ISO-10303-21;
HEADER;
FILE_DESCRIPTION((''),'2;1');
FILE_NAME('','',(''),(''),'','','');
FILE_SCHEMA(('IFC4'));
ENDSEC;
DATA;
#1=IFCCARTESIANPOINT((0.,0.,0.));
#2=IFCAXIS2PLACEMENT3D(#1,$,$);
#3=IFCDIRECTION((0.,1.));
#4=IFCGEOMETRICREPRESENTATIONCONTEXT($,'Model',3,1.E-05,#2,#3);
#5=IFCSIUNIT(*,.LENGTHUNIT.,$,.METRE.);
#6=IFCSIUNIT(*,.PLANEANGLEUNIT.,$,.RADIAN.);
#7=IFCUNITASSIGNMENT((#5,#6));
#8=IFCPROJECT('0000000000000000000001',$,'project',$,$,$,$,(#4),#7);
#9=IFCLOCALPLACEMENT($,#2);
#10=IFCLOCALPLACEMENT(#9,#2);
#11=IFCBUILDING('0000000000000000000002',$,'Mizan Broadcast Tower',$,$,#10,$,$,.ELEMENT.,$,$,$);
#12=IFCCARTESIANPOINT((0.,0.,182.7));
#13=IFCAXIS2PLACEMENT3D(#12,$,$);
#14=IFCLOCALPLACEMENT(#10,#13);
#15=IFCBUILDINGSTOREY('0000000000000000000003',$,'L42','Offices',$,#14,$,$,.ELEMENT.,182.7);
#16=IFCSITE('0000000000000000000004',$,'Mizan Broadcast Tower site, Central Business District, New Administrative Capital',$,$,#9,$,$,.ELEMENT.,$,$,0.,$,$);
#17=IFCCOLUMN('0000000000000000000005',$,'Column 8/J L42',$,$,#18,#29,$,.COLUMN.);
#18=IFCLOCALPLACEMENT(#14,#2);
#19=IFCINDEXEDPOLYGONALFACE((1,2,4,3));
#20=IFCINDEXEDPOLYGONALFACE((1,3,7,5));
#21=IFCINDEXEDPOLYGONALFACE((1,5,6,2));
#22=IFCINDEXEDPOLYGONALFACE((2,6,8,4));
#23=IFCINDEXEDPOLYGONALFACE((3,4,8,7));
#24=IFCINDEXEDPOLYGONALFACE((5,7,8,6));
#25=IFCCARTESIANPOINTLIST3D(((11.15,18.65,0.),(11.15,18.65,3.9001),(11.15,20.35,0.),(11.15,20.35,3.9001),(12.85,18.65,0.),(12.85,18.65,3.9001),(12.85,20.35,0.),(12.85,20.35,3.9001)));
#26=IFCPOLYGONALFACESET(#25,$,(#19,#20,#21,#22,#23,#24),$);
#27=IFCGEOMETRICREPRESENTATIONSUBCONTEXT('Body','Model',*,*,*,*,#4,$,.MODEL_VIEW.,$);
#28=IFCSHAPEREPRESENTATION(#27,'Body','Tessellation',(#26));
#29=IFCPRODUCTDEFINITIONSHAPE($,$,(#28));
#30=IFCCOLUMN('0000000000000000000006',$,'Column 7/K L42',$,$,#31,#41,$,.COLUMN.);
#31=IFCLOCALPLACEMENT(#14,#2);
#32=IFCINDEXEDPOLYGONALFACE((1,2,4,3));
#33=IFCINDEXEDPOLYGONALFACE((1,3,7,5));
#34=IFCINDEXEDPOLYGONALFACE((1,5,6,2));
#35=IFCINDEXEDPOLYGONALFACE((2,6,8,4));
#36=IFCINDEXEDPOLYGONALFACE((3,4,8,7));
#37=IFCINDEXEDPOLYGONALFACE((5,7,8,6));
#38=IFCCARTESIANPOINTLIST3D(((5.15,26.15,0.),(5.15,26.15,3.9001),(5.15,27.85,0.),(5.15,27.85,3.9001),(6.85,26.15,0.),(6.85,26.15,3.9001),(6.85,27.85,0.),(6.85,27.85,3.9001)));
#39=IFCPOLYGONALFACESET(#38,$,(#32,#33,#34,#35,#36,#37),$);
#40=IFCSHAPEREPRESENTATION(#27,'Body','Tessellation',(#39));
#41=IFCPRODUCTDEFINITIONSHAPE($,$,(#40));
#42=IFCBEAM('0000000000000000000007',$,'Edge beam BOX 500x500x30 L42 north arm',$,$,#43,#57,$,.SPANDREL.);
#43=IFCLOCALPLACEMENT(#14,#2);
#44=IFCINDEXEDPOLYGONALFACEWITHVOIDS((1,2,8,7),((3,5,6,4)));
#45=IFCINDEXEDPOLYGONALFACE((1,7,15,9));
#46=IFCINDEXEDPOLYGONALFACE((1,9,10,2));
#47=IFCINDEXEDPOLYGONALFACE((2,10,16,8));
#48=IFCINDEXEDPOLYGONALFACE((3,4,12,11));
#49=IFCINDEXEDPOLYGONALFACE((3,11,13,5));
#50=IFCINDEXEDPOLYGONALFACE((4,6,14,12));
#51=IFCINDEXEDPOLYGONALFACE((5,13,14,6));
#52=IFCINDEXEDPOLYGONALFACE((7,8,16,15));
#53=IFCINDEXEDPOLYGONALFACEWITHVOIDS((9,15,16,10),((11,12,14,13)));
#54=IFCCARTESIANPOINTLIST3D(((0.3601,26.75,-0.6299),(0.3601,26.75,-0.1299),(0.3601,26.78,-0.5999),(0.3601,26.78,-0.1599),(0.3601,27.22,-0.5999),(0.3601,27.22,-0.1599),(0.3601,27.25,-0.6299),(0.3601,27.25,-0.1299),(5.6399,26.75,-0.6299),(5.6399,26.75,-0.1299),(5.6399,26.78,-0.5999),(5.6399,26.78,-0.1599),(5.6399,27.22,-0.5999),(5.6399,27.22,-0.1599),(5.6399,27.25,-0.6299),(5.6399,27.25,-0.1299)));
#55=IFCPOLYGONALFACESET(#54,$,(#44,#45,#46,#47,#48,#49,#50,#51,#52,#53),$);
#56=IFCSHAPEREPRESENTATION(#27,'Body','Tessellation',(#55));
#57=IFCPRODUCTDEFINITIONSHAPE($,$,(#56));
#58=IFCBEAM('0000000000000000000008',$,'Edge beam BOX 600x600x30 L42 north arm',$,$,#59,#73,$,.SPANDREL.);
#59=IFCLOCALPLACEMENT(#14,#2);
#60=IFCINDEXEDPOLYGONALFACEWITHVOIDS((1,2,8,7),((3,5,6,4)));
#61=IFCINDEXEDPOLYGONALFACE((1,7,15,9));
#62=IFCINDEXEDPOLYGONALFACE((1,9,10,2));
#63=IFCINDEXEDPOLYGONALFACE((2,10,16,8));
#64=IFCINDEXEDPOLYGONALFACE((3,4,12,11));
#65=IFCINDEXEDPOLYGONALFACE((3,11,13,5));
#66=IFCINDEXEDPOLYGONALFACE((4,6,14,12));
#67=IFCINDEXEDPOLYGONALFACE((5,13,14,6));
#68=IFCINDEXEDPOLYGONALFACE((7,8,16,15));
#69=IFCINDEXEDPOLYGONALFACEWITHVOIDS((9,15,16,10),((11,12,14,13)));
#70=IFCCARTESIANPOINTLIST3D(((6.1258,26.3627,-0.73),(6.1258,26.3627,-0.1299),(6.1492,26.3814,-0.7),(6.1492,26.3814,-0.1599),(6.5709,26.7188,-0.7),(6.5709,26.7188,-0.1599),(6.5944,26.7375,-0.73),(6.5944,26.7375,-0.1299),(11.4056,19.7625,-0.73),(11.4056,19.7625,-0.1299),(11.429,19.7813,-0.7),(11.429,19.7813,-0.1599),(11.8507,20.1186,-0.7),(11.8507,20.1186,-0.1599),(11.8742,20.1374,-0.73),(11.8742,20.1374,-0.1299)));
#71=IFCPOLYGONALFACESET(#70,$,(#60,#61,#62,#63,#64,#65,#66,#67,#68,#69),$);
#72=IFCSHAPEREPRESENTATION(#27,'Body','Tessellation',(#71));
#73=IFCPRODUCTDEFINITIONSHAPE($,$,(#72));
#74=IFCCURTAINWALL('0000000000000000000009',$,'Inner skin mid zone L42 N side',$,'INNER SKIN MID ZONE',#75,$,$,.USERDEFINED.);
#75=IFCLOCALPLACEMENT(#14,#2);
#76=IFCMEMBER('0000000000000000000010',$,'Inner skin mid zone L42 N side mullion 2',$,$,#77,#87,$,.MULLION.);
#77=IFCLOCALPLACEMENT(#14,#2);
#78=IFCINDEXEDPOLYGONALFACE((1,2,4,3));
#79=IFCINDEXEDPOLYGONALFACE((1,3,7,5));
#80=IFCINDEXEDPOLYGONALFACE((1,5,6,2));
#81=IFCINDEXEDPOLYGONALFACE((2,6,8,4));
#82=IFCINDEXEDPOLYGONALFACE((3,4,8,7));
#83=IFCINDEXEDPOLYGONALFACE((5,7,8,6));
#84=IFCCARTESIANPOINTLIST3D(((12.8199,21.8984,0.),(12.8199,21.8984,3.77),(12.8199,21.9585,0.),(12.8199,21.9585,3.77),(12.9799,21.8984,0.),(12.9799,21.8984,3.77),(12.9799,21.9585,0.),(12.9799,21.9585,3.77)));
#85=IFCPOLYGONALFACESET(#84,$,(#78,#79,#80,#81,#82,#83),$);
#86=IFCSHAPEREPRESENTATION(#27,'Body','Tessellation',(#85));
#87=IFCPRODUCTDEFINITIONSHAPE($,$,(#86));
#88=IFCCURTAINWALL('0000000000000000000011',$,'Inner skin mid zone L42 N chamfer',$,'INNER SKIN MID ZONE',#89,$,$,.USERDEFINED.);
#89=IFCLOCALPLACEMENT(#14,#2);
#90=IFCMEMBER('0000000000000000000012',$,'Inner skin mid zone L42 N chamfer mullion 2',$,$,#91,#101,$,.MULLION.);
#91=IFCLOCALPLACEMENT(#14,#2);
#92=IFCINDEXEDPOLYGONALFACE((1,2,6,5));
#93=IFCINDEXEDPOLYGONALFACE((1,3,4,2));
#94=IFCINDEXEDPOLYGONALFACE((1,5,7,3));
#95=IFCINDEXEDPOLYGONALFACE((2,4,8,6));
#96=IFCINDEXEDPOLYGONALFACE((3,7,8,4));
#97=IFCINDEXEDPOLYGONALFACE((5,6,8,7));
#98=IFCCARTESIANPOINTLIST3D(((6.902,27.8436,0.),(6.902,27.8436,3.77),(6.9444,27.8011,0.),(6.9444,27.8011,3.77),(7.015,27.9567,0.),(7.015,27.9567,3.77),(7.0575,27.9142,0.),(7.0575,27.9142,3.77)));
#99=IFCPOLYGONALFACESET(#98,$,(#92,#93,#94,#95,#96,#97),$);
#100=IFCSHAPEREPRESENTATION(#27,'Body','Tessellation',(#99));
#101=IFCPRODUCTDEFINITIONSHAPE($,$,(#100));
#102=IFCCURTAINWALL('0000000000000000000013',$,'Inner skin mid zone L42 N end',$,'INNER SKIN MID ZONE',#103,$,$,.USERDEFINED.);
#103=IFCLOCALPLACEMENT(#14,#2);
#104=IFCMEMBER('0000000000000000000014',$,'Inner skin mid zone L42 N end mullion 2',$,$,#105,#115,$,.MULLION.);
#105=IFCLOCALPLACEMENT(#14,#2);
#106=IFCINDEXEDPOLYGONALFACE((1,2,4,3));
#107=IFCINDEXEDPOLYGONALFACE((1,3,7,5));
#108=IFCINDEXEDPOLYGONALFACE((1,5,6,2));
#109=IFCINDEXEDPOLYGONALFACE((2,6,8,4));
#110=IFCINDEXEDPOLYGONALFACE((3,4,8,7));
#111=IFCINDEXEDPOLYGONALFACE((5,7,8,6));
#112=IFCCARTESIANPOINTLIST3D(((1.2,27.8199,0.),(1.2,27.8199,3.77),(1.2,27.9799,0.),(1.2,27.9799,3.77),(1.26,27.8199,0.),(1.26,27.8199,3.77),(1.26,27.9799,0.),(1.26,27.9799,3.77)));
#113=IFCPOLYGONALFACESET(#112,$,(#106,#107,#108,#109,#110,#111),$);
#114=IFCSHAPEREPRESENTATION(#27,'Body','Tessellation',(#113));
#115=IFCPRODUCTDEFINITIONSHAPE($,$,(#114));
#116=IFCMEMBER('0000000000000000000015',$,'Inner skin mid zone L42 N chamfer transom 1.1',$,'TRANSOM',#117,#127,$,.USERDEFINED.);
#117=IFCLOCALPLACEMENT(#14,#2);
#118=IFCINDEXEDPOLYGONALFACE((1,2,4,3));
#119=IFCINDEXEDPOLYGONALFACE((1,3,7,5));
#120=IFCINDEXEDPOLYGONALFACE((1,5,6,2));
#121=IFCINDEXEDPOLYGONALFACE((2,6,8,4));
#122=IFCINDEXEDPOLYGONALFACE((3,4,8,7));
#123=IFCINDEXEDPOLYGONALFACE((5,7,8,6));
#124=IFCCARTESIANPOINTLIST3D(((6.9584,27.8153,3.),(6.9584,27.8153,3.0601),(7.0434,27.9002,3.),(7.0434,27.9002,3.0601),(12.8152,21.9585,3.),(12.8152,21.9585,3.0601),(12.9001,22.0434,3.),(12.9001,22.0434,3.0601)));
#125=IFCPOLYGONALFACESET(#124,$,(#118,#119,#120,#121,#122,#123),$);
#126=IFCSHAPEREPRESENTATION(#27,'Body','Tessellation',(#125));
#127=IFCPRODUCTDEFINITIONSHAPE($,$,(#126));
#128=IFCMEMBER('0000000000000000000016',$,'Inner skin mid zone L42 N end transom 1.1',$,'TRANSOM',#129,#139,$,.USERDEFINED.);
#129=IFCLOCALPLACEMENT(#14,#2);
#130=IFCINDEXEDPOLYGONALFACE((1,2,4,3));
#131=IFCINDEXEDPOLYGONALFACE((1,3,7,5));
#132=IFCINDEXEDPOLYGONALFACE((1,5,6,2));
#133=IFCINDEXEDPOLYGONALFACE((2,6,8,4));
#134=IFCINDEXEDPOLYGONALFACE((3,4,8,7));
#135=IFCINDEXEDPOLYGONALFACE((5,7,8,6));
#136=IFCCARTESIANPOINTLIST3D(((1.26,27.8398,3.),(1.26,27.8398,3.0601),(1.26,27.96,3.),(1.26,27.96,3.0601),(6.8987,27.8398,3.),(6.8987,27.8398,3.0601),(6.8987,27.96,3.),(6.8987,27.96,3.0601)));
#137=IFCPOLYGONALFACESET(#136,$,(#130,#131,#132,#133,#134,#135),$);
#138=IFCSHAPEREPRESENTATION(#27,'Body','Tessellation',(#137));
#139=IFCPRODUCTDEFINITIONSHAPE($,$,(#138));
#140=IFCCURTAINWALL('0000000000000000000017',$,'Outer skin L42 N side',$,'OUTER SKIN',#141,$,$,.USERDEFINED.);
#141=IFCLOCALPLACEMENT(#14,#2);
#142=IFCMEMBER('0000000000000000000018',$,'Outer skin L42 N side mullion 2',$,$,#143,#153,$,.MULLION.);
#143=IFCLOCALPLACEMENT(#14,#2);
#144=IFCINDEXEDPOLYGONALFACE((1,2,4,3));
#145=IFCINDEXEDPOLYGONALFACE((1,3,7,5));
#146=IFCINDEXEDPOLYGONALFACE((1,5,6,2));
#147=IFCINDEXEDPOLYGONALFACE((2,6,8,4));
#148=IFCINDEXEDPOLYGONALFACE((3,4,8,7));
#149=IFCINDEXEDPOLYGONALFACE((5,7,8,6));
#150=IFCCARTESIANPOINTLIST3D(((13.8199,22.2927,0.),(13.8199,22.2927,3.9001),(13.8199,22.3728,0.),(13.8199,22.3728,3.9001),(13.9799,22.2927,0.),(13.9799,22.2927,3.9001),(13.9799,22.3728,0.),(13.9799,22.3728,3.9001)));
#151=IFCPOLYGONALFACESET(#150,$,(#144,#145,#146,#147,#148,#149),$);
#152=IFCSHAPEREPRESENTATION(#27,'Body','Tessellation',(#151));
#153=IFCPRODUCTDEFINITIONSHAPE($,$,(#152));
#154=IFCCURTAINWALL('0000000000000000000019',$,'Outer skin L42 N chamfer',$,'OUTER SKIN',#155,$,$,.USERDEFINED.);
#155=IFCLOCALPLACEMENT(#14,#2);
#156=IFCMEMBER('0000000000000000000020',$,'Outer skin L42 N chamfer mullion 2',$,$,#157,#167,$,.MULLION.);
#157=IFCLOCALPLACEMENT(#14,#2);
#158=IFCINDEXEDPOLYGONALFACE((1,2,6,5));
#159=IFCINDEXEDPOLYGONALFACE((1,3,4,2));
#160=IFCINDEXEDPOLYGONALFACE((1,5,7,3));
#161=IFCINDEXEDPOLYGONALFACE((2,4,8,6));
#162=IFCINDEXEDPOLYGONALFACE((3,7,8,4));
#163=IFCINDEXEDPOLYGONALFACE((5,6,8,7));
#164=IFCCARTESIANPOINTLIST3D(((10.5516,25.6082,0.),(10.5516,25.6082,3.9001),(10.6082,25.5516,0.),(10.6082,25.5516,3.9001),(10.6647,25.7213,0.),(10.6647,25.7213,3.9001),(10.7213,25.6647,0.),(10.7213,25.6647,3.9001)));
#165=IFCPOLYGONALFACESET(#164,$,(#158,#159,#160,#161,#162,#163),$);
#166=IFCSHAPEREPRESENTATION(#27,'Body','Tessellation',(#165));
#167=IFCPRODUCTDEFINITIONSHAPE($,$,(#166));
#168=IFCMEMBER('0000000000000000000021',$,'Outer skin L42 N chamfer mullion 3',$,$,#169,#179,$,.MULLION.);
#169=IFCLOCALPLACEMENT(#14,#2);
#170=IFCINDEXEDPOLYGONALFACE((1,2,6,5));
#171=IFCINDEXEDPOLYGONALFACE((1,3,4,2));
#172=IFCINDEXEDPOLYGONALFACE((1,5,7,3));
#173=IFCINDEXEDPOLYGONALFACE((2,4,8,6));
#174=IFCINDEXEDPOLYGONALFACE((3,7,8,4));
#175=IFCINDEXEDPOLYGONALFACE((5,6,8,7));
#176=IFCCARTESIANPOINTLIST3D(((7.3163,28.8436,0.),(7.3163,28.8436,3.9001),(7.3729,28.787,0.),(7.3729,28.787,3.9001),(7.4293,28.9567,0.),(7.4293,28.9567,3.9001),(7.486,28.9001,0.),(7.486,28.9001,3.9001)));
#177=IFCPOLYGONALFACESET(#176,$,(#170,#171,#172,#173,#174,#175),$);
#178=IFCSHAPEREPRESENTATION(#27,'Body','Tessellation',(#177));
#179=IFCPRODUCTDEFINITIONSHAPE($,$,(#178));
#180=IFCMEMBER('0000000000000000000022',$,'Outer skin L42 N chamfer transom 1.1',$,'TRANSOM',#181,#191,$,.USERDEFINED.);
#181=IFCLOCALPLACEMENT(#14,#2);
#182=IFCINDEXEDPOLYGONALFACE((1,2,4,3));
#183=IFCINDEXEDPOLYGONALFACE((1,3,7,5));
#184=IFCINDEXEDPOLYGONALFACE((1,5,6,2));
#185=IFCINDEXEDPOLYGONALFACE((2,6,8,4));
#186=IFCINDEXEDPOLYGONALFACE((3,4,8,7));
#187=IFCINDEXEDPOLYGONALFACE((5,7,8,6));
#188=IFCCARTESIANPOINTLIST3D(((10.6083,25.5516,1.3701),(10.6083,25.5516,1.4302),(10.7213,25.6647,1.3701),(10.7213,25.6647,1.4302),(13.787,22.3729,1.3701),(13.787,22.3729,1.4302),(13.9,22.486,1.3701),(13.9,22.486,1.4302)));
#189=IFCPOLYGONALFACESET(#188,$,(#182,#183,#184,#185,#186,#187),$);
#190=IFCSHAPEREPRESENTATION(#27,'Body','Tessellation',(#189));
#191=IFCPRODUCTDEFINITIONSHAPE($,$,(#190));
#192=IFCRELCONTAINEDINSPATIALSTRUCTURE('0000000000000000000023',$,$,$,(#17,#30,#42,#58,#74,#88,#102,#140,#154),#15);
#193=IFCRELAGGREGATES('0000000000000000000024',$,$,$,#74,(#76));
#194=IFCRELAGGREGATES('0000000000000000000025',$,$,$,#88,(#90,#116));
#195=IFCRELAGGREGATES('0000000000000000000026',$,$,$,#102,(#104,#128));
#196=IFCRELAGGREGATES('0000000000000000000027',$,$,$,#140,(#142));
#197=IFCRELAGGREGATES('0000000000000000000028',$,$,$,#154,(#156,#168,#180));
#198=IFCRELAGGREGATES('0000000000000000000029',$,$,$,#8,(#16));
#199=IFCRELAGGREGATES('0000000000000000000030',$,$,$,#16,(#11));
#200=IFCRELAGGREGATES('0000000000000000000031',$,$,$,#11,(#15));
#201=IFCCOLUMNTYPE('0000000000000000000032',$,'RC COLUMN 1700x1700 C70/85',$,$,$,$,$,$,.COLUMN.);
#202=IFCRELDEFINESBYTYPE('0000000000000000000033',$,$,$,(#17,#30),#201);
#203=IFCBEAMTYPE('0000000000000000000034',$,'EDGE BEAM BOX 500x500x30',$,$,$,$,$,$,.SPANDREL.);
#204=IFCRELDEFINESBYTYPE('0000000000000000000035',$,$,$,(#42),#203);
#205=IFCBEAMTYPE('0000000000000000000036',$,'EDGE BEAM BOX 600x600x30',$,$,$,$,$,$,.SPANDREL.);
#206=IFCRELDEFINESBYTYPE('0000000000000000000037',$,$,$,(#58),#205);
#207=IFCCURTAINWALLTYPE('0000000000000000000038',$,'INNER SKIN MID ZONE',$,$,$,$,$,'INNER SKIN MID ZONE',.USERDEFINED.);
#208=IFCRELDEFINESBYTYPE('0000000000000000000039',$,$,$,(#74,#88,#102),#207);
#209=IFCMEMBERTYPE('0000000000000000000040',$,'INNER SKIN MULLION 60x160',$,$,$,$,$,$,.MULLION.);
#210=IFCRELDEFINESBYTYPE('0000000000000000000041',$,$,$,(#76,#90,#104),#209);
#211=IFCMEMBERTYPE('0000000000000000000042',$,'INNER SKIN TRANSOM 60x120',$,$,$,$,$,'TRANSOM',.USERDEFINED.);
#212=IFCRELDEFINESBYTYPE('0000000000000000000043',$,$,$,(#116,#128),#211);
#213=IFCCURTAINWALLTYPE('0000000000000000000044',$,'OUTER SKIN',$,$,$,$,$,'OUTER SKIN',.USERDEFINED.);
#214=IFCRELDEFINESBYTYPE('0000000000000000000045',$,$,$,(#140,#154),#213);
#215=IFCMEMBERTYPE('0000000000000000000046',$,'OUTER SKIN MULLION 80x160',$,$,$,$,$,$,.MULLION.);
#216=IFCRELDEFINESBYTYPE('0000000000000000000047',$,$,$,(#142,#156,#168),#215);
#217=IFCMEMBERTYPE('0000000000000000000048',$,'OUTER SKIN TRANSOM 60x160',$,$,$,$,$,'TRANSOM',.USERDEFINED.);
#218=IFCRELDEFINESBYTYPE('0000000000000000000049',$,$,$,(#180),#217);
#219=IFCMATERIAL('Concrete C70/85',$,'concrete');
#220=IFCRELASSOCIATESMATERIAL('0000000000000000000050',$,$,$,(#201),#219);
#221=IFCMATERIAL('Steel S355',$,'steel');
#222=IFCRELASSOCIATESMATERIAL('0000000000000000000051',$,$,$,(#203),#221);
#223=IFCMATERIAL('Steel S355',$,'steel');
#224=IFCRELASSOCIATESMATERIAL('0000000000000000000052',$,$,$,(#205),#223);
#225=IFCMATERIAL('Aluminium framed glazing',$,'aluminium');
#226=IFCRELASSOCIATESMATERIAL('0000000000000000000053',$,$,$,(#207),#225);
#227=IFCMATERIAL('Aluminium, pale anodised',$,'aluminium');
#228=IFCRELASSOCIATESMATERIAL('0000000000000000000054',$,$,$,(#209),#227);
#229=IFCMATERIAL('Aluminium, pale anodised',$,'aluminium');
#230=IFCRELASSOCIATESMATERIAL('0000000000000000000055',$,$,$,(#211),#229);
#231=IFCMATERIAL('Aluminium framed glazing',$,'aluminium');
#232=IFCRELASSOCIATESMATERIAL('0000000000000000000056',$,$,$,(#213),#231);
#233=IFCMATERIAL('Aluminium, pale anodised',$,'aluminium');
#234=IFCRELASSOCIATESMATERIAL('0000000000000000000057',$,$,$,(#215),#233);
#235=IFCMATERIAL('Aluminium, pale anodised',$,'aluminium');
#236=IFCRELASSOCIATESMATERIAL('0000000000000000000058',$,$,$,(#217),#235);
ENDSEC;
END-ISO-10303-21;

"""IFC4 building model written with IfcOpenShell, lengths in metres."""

from ifc_helpers import new_model, si_unit, direction, frame, origin, origin_2d, place, context, subcontext, project, spatial, rectangle, hollow_rectangle, extrude, material, material_profile, profile_set, type_object, element, aggregate, save


model = new_model("IFC4")

# Units and contexts
model_context = context("Model", 3, precision=1e-05, world=origin(), true_north=direction((0.0, 1.0)))
body_context = subcontext(model_context, "Body", "Model", "MODEL_VIEW")
ifc_project = project(units=[si_unit("LENGTHUNIT", "METRE"), si_unit("PLANEANGLEUNIT", "RADIAN")], contexts=[model_context])

# Site, building, storey
site_placement = place(None, origin())
site = spatial("IfcSite", under=ifc_project, at=site_placement, Name="Mizan Broadcast Tower site, Central Business District, New Administrative Capital", CompositionType="ELEMENT", RefElevation=0.0)
building_placement = place(site_placement, origin())
building = spatial("IfcBuilding", under=site, at=building_placement, Name="Mizan Broadcast Tower", CompositionType="ELEMENT")
storey_placement = place(building_placement, frame((0.0, 0.0, 182.7)))
storey = spatial("IfcBuildingStorey", under=building, at=storey_placement, Name="L42", Description="Offices", CompositionType="ELEMENT", Elevation=182.7)

# Columns
ifc_material_1 = material(Name="Concrete C70/85", Category="concrete")
ifc_material_profile_1 = material_profile(ifc_material_1, rectangle(XDim=1.7, YDim=1.7, at=origin_2d()), Name="RC 1700x1700")
ifc_profile_set_1 = profile_set([ifc_material_profile_1], Name="Concrete C70/85")
column_type = type_object("IfcColumnType", Name="RC COLUMN 1700x1700 C70/85", PredefinedType="COLUMN", material=ifc_profile_set_1)
for number, where, z_axis, x_axis, name in (
    (1, (12.0, 19.5, 0.0), (0.0, 0.0, 1.0), (1.0, 0.0, 0.0), "Column 8/J L42"),
    (2, (6.0, 27.0, 0.0), (0.0, 0.0, 1.0), (1.0, 0.0, 0.0), "Column 7/K L42"),
):
    element("IfcColumn", number, at=place(storey_placement, frame(where, z_axis=z_axis, x_axis=x_axis)), inside=storey, type_object=column_type, Name=name, PredefinedType="COLUMN", context=body_context, shape_type="SweptSolid", body=[
        extrude(rectangle(XDim=1.7, YDim=1.7, at=origin_2d()), origin(), (0.0, 0.0, 1.0), 3.9001),
    ])

# Beams
ifc_material_2 = material(Name="Steel S355", Category="steel")
ifc_material_profile_2 = material_profile(ifc_material_2, hollow_rectangle(XDim=0.5, YDim=0.5, WallThickness=0.03, at=origin_2d()), Name="BOX 500x500x30")
ifc_profile_set_2 = profile_set([ifc_material_profile_2], Name="Steel S355")
beam_type_1 = type_object("IfcBeamType", Name="EDGE BEAM BOX 500x500x30", PredefinedType="SPANDREL", material=ifc_profile_set_2)
beam_1_placement = place(storey_placement, frame((5.6399, 27.0, -0.3799), z_axis=(-1.0, 0.0, 0.0), x_axis=(0.0, -1.0, 0.0)))
element("IfcBeam", 3, at=beam_1_placement, inside=storey, type_object=beam_type_1, Name="Edge beam BOX 500x500x30 L42 north arm", PredefinedType="SPANDREL", context=body_context, shape_type="SweptSolid", body=[
    extrude(hollow_rectangle(XDim=0.5, YDim=0.5, WallThickness=0.03, at=origin_2d()), origin(), (0.0, 0.0, 1.0), 5.2798),
])
ifc_material_3 = material(Name="Steel S355", Category="steel")
ifc_material_profile_3 = material_profile(ifc_material_3, hollow_rectangle(XDim=0.6001, YDim=0.6001, WallThickness=0.03, at=origin_2d()), Name="BOX 600x600x30")
ifc_profile_set_3 = profile_set([ifc_material_profile_3], Name="Steel S355")
beam_type_2 = type_object("IfcBeamType", Name="EDGE BEAM BOX 600x600x30", PredefinedType="SPANDREL", material=ifc_profile_set_3)
beam_2_placement = place(storey_placement, frame((11.6399, 19.95, -0.4299), z_axis=(-0.624674, 0.780886, 0.0), x_axis=(-0.780886, -0.624674, 0.0)))
element("IfcBeam", 4, at=beam_2_placement, inside=storey, type_object=beam_type_2, Name="Edge beam BOX 600x600x30 L42 north arm", PredefinedType="SPANDREL", context=body_context, shape_type="SweptSolid", body=[
    extrude(hollow_rectangle(XDim=0.6001, YDim=0.6001, WallThickness=0.03, at=origin_2d()), origin(), (0.0, 0.0, 1.0), 8.4521),
])

# Curtain walls, members
ifc_material_4 = material(Name="Aluminium framed glazing", Category="aluminium")
curtain_wall_type_1 = type_object("IfcCurtainWallType", Name="INNER SKIN MID ZONE", ElementType="INNER SKIN MID ZONE", PredefinedType="USERDEFINED", material=ifc_material_4)
curtain_wall_1_placement = place(storey_placement, origin())
curtain_wall_1 = element("IfcCurtainWall", 5, at=curtain_wall_1_placement, inside=storey, type_object=curtain_wall_type_1, Name="Inner skin mid zone L42 N side", ObjectType="INNER SKIN MID ZONE", PredefinedType="USERDEFINED")
ifc_material_5 = material(Name="Aluminium, pale anodised", Category="aluminium")
ifc_material_profile_4 = material_profile(ifc_material_5, rectangle(XDim=0.1599, YDim=0.0601, at=origin_2d()), Name="MULLION 160x60")
ifc_profile_set_4 = profile_set([ifc_material_profile_4], Name="Aluminium, pale anodised")
member_type_1 = type_object("IfcMemberType", Name="INNER SKIN MULLION 60x160", PredefinedType="MULLION", material=ifc_profile_set_4)
member_1_placement = place(storey_placement, frame((12.8999, 21.9285, 0.0), z_axis=(0.0, 0.0, 1.0), x_axis=(-1.0, 0.0, 0.0)))
member_1 = element("IfcMember", 6, at=member_1_placement, type_object=member_type_1, Name="Inner skin mid zone L42 N side mullion 2", PredefinedType="MULLION", context=body_context, shape_type="SweptSolid", body=[
    extrude(rectangle(XDim=0.1599, YDim=0.0601, at=origin_2d()), origin(), (0.0, 0.0, 1.0), 3.77),
])
curtain_wall_2_placement = place(storey_placement, origin())
curtain_wall_2 = element("IfcCurtainWall", 7, at=curtain_wall_2_placement, inside=storey, type_object=curtain_wall_type_1, Name="Inner skin mid zone L42 N chamfer", ObjectType="INNER SKIN MID ZONE", PredefinedType="USERDEFINED")
member_2_placement = place(storey_placement, frame((6.9797, 27.8789, 0.0), z_axis=(0.0, 0.0, 1.0), x_axis=(-0.707107, -0.707107, 0.0)))
member_2 = element("IfcMember", 8, at=member_2_placement, type_object=member_type_1, Name="Inner skin mid zone L42 N chamfer mullion 2", PredefinedType="MULLION", context=body_context, shape_type="SweptSolid", body=[
    extrude(rectangle(XDim=0.1599, YDim=0.0601, at=origin_2d()), origin(), (0.0, 0.0, 1.0), 3.77),
])
curtain_wall_3_placement = place(storey_placement, origin())
curtain_wall_3 = element("IfcCurtainWall", 9, at=curtain_wall_3_placement, inside=storey, type_object=curtain_wall_type_1, Name="Inner skin mid zone L42 N end", ObjectType="INNER SKIN MID ZONE", PredefinedType="USERDEFINED")
member_3_placement = place(storey_placement, frame((1.23, 27.8999, 0.0), z_axis=(0.0, 0.0, 1.0), x_axis=(0.0, -1.0, 0.0)))
member_3 = element("IfcMember", 10, at=member_3_placement, type_object=member_type_1, Name="Inner skin mid zone L42 N end mullion 2", PredefinedType="MULLION", context=body_context, shape_type="SweptSolid", body=[
    extrude(rectangle(XDim=0.1599, YDim=0.0601, at=origin_2d()), origin(), (0.0, 0.0, 1.0), 3.77),
])

# Members
ifc_material_6 = material(Name="Aluminium, pale anodised", Category="aluminium")
ifc_material_profile_5 = material_profile(ifc_material_6, rectangle(XDim=0.1201, YDim=0.0601, at=origin_2d()), Name="TRANSOM 120x60")
ifc_profile_set_5 = profile_set([ifc_material_profile_5], Name="Aluminium, pale anodised")
member_type_2 = type_object("IfcMemberType", Name="INNER SKIN TRANSOM 60x120", ElementType="TRANSOM", PredefinedType="USERDEFINED", material=ifc_profile_set_5)
member_4_placement = place(storey_placement, frame((12.8577, 22.001, 3.03), z_axis=(-0.707107, 0.707107, 0.0), x_axis=(-0.707107, -0.707107, 0.0)))
member_4 = element("IfcMember", 11, at=member_4_placement, type_object=member_type_2, Name="Inner skin mid zone L42 N chamfer transom 1.1", ObjectType="TRANSOM", PredefinedType="USERDEFINED", context=body_context, shape_type="SweptSolid", body=[
    extrude(rectangle(XDim=0.1201, YDim=0.0601, at=origin_2d()), origin(), (0.0, 0.0, 1.0), 8.2827),
])
member_5_placement = place(storey_placement, frame((6.8987, 27.8999, 3.03), z_axis=(-1.0, 0.0, 0.0), x_axis=(0.0, -1.0, 0.0)))
member_5 = element("IfcMember", 12, at=member_5_placement, type_object=member_type_2, Name="Inner skin mid zone L42 N end transom 1.1", ObjectType="TRANSOM", PredefinedType="USERDEFINED", context=body_context, shape_type="SweptSolid", body=[
    extrude(rectangle(XDim=0.1201, YDim=0.0601, at=origin_2d()), origin(), (0.0, 0.0, 1.0), 5.6387),
])

# Curtain wall, member
ifc_material_7 = material(Name="Aluminium framed glazing", Category="aluminium")
curtain_wall_type_2 = type_object("IfcCurtainWallType", Name="OUTER SKIN", ElementType="OUTER SKIN", PredefinedType="USERDEFINED", material=ifc_material_7)
curtain_wall_4_placement = place(storey_placement, origin())
curtain_wall_4 = element("IfcCurtainWall", 13, at=curtain_wall_4_placement, inside=storey, type_object=curtain_wall_type_2, Name="Outer skin L42 N side", ObjectType="OUTER SKIN", PredefinedType="USERDEFINED")
ifc_material_8 = material(Name="Aluminium, pale anodised", Category="aluminium")
ifc_material_profile_6 = material_profile(ifc_material_8, rectangle(XDim=0.1599, YDim=0.0801, at=origin_2d()), Name="MULLION 160x80")
ifc_profile_set_6 = profile_set([ifc_material_profile_6], Name="Aluminium, pale anodised")
member_type_3 = type_object("IfcMemberType", Name="OUTER SKIN MULLION 80x160", PredefinedType="MULLION", material=ifc_profile_set_6)
member_6_placement = place(storey_placement, frame((13.8999, 22.3328, 0.0), z_axis=(0.0, 0.0, 1.0), x_axis=(-1.0, 0.0, 0.0)))
member_6 = element("IfcMember", 14, at=member_6_placement, type_object=member_type_3, Name="Outer skin L42 N side mullion 2", PredefinedType="MULLION", context=body_context, shape_type="SweptSolid", body=[
    extrude(rectangle(XDim=0.1599, YDim=0.0801, at=origin_2d()), origin(), (0.0, 0.0, 1.0), 3.9001),
])

# Curtain wall, members
curtain_wall_5_placement = place(storey_placement, origin())
curtain_wall_5 = element("IfcCurtainWall", 15, at=curtain_wall_5_placement, inside=storey, type_object=curtain_wall_type_2, Name="Outer skin L42 N chamfer", ObjectType="OUTER SKIN", PredefinedType="USERDEFINED")
member_7_placement = place(storey_placement, frame((10.6365, 25.6365, 0.0), z_axis=(0.0, 0.0, 1.0), x_axis=(-0.707107, -0.707107, 0.0)))
member_7 = element("IfcMember", 16, at=member_7_placement, type_object=member_type_3, Name="Outer skin L42 N chamfer mullion 2", PredefinedType="MULLION", context=body_context, shape_type="SweptSolid", body=[
    extrude(rectangle(XDim=0.1599, YDim=0.0801, at=origin_2d()), origin(), (0.0, 0.0, 1.0), 3.9001),
])
member_8_placement = place(storey_placement, frame((7.4011, 28.8718, 0.0), z_axis=(0.0, 0.0, 1.0), x_axis=(-0.707107, -0.707107, 0.0)))
member_8 = element("IfcMember", 17, at=member_8_placement, type_object=member_type_3, Name="Outer skin L42 N chamfer mullion 3", PredefinedType="MULLION", context=body_context, shape_type="SweptSolid", body=[
    extrude(rectangle(XDim=0.1599, YDim=0.0801, at=origin_2d()), origin(), (0.0, 0.0, 1.0), 3.9001),
])
ifc_material_9 = material(Name="Aluminium, pale anodised", Category="aluminium")
ifc_material_profile_7 = material_profile(ifc_material_9, rectangle(XDim=0.1599, YDim=0.0601, at=origin_2d()), Name="TRANSOM 160x60")
ifc_profile_set_7 = profile_set([ifc_material_profile_7], Name="Aluminium, pale anodised")
member_type_4 = type_object("IfcMemberType", Name="OUTER SKIN TRANSOM 60x160", ElementType="TRANSOM", PredefinedType="USERDEFINED", material=ifc_profile_set_7)
member_9_placement = place(storey_placement, frame((13.8435, 22.4294, 1.4001), z_axis=(-0.707107, 0.707107, 0.0), x_axis=(-0.707107, -0.707107, 0.0)))
member_9 = element("IfcMember", 18, at=member_9_placement, type_object=member_type_4, Name="Outer skin L42 N chamfer transom 1.1", ObjectType="TRANSOM", PredefinedType="USERDEFINED", context=body_context, shape_type="SweptSolid", body=[
    extrude(rectangle(XDim=0.1599, YDim=0.0601, at=origin_2d()), origin(), (0.0, 0.0, 1.0), 4.4954),
])

aggregate(curtain_wall_1, [member_1])
aggregate(curtain_wall_2, [member_2, member_4])
aggregate(curtain_wall_3, [member_3, member_5])
aggregate(curtain_wall_4, [member_6])
aggregate(curtain_wall_5, [member_7, member_8, member_9])

save(model, "model.ifc")
